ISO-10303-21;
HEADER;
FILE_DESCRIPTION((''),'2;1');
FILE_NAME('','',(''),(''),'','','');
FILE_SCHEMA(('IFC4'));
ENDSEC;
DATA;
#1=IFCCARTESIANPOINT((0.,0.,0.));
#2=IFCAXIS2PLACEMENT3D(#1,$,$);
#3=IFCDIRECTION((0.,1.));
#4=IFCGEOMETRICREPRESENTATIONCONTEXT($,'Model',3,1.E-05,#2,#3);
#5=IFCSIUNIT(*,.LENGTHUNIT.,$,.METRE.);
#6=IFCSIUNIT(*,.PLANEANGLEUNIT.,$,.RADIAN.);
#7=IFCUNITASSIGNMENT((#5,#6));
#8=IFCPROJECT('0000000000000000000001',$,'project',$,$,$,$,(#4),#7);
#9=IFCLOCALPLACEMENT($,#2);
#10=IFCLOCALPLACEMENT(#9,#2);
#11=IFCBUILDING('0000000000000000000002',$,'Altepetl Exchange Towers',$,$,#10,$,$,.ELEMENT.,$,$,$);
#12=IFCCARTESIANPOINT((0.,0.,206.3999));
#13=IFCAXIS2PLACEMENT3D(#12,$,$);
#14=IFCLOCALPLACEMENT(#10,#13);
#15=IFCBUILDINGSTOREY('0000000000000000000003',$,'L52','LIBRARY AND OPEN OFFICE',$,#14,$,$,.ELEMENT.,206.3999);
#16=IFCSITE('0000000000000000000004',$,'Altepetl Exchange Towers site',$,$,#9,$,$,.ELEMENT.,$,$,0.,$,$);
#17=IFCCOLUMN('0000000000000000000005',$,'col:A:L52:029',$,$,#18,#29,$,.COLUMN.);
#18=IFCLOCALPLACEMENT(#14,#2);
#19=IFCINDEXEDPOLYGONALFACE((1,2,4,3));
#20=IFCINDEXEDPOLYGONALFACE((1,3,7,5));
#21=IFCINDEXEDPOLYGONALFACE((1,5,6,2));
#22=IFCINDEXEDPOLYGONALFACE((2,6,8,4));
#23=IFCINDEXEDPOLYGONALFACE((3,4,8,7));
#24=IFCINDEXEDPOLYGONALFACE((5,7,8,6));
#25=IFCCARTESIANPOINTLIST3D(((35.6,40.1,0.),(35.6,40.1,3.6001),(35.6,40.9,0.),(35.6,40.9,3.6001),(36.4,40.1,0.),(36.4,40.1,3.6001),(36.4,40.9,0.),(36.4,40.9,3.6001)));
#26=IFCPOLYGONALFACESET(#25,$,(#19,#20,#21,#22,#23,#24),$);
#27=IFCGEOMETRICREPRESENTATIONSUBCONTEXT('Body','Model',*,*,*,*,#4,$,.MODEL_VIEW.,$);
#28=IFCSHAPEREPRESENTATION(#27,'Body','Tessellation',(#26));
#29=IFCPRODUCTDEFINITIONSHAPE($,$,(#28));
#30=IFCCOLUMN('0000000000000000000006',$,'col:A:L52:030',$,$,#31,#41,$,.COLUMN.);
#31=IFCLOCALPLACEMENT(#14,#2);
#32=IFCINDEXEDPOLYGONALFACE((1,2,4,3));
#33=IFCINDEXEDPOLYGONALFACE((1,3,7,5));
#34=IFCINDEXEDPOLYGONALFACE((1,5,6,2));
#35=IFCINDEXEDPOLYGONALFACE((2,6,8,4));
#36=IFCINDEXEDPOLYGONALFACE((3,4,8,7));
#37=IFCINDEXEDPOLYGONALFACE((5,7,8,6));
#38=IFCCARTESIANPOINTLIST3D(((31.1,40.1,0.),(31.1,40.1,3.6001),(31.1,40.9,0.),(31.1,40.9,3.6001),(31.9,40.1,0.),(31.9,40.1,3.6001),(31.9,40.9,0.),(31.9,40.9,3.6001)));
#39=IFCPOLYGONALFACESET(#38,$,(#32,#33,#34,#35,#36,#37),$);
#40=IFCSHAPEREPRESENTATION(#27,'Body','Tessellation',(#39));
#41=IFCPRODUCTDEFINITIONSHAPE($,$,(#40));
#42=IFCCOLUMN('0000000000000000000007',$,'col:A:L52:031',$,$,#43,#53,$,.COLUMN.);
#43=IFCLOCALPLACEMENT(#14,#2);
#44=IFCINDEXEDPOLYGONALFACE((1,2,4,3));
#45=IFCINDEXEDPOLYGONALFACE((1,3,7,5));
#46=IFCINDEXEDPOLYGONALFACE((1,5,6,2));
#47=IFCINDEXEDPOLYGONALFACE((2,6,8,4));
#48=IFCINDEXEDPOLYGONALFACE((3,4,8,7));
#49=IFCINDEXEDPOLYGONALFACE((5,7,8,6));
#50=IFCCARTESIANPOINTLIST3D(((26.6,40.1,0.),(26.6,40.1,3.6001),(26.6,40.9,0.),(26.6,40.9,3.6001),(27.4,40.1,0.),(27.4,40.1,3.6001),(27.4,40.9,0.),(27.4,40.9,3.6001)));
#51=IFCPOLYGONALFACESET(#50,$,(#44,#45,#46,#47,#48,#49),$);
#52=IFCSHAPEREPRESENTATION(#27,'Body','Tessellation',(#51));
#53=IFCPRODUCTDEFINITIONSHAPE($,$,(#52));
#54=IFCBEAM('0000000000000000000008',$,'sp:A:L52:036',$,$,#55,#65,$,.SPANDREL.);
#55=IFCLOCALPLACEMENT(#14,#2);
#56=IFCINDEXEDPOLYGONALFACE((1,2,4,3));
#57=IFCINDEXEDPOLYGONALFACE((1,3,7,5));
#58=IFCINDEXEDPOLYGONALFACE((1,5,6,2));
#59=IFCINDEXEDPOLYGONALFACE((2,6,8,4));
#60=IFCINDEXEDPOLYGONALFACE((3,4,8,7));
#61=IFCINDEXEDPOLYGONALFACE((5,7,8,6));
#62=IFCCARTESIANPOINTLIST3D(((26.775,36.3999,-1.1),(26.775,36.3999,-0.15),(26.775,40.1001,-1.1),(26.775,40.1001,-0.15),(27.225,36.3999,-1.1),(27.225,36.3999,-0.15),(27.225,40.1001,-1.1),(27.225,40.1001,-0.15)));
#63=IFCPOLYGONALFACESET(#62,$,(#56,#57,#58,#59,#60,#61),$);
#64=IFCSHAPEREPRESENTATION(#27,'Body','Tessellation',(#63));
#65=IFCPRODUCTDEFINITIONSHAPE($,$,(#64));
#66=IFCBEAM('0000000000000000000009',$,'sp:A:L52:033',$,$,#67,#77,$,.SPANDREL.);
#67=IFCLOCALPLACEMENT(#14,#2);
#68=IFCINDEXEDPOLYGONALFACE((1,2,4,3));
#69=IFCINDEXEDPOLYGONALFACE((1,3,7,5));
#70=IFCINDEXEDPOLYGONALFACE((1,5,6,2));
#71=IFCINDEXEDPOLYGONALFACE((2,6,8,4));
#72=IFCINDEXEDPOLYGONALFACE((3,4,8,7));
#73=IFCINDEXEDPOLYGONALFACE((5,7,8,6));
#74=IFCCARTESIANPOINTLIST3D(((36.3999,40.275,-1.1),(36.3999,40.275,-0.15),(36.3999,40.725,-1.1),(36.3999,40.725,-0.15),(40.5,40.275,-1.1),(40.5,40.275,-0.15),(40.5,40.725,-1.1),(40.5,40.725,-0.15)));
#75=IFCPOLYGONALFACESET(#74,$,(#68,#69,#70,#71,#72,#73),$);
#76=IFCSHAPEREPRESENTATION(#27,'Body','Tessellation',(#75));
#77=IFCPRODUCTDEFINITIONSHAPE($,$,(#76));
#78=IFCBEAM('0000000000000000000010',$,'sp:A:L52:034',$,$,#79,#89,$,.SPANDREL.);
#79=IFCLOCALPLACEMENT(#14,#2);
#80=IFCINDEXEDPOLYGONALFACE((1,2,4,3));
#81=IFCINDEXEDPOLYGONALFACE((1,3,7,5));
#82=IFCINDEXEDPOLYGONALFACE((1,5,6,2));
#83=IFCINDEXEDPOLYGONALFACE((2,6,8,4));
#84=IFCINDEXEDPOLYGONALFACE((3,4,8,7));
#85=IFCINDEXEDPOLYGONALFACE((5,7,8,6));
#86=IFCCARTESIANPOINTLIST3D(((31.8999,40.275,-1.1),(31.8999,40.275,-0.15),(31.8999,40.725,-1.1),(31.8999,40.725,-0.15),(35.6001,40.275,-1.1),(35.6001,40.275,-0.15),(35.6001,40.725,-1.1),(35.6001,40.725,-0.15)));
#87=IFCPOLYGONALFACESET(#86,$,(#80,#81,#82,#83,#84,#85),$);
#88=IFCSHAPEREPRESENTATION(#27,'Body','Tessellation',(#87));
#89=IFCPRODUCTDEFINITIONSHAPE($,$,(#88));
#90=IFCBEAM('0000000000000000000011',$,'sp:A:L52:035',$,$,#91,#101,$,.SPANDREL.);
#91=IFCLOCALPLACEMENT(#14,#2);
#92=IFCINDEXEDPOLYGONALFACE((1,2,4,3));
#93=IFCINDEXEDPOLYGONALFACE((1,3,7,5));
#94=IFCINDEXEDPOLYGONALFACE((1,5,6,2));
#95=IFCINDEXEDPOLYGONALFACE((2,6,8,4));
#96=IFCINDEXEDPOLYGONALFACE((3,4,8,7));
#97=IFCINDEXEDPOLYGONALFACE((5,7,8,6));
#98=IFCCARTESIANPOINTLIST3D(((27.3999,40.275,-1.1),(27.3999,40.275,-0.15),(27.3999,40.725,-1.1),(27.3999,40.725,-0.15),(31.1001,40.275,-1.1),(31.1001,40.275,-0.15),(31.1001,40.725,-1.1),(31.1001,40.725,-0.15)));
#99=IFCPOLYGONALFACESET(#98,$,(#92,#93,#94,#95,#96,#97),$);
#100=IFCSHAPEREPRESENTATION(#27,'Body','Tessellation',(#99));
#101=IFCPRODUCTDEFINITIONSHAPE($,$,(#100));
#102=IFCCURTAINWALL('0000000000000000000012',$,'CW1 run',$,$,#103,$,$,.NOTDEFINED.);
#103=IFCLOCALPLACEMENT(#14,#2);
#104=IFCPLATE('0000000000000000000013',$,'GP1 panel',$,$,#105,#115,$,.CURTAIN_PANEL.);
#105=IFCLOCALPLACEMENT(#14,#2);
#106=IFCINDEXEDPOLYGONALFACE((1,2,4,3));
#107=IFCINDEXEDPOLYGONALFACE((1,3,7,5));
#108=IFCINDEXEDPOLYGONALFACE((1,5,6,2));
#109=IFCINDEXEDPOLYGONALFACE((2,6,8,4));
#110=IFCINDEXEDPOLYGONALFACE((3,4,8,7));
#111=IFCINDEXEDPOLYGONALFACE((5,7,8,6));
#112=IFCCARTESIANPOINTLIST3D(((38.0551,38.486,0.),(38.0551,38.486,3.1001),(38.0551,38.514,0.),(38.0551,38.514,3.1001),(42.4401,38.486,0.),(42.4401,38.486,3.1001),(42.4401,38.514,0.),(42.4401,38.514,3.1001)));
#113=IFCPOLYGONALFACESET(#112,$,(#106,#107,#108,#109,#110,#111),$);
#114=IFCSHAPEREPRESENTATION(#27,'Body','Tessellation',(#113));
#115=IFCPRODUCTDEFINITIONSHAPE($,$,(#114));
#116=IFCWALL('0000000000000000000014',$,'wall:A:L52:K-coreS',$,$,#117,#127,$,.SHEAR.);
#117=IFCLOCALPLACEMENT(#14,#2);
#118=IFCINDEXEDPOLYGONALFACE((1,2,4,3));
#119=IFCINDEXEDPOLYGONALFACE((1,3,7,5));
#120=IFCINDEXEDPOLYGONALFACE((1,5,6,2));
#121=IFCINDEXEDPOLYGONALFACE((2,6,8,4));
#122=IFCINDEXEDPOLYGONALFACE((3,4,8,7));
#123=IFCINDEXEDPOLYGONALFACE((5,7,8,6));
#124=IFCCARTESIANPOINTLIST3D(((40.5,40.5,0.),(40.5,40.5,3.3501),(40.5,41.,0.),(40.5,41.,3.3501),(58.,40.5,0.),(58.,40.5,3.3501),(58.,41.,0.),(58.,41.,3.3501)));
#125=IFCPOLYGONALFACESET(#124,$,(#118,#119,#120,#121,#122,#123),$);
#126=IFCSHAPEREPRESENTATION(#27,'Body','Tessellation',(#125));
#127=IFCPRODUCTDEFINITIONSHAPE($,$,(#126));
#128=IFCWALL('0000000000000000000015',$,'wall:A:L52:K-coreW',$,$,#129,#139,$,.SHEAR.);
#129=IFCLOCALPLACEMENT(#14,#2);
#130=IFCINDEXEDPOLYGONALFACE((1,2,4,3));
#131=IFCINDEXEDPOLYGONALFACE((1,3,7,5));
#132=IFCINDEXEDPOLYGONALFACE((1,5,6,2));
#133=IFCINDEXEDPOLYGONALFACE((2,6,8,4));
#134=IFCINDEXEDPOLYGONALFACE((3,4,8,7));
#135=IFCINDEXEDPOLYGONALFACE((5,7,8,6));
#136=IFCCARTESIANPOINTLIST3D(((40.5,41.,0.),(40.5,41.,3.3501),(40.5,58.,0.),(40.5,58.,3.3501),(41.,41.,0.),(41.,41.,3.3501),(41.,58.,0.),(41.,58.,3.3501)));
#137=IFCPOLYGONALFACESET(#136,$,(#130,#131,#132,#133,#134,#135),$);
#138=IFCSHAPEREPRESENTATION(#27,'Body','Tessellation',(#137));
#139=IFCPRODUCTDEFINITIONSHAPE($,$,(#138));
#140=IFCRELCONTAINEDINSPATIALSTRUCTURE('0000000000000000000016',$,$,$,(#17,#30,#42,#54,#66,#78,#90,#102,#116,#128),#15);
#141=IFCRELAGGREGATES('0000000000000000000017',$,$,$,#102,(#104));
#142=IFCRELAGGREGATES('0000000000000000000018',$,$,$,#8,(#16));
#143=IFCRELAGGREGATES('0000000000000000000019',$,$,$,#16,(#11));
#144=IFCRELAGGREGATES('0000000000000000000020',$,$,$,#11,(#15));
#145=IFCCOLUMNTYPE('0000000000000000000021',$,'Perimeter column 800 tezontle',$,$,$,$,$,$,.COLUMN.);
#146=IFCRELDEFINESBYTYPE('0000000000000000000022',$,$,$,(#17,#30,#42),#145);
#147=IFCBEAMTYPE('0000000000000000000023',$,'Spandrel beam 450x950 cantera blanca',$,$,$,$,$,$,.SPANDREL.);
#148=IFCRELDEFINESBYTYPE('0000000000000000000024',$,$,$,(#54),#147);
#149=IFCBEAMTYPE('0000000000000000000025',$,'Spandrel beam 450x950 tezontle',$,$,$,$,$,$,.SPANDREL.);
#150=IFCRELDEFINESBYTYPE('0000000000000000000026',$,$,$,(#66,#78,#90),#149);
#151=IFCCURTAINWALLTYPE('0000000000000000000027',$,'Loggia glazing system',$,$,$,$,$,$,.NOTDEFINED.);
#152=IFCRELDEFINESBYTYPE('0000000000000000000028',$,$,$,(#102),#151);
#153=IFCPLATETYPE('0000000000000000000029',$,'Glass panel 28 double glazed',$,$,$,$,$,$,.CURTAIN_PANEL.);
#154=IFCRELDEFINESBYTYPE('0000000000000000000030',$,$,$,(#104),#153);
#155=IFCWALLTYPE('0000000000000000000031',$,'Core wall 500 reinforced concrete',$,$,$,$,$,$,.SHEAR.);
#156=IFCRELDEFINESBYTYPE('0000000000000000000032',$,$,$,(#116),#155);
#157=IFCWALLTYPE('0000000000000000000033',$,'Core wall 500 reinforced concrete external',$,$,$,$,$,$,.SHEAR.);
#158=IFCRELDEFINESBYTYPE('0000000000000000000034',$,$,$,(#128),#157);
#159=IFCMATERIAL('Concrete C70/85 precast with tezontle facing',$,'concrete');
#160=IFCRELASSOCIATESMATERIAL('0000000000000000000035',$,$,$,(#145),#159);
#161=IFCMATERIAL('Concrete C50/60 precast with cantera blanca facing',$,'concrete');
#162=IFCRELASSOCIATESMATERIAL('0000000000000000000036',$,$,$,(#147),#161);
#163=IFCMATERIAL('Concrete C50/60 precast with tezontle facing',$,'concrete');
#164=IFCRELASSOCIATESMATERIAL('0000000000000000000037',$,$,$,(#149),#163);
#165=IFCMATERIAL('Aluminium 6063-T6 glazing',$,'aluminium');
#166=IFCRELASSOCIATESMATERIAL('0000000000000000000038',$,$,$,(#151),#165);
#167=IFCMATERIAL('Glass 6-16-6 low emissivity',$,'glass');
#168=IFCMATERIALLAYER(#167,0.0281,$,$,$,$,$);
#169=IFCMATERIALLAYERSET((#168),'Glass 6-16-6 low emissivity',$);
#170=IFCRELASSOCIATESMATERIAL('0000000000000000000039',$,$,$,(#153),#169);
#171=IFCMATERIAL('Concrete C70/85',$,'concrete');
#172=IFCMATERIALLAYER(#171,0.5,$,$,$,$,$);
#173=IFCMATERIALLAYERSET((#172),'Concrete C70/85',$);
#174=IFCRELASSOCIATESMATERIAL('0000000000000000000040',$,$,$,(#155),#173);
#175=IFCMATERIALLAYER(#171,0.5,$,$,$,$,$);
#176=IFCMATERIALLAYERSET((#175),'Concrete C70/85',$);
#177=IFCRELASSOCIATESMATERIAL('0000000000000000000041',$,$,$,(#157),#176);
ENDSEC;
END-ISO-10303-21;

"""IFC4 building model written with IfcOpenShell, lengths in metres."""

from ifc_helpers import new_model, si_unit, direction, frame, frame_2d, origin, origin_2d, place, context, subcontext, project, spatial, rectangle, extrude, material, layer, layer_set, material_profile, profile_set, type_object, element, aggregate, save


model = new_model("IFC4")

# Units and contexts
model_context = context("Model", 3, precision=1e-05, world=origin(), true_north=direction((0.0, 1.0)))
body_context = subcontext(model_context, "Body", "Model", "MODEL_VIEW")
ifc_project = project(units=[si_unit("LENGTHUNIT", "METRE"), si_unit("PLANEANGLEUNIT", "RADIAN")], contexts=[model_context])

# Site, building, storey
site_placement = place(None, origin())
site = spatial("IfcSite", under=ifc_project, at=site_placement, Name="Altepetl Exchange Towers site", CompositionType="ELEMENT", RefElevation=0.0)
building_placement = place(site_placement, origin())
building = spatial("IfcBuilding", under=site, at=building_placement, Name="Altepetl Exchange Towers", CompositionType="ELEMENT")
storey_placement = place(building_placement, frame((0.0, 0.0, 206.3999)))
storey = spatial("IfcBuildingStorey", under=building, at=storey_placement, Name="L52", Description="LIBRARY AND OPEN OFFICE", CompositionType="ELEMENT", Elevation=206.3999)

# Columns
ifc_material_1 = material(Name="Concrete C70/85 precast with tezontle facing", Category="concrete")
ifc_material_profile_1 = material_profile(ifc_material_1, rectangle(XDim=0.8, YDim=0.8, at=origin_2d()), Name="800 x 800")
ifc_profile_set_1 = profile_set([ifc_material_profile_1], Name="Concrete C70/85 precast with tezontle facing")
column_type = type_object("IfcColumnType", Name="Perimeter column 800 tezontle", PredefinedType="COLUMN", material=ifc_profile_set_1)
for number, where, name in (
    (1, (36.0, 40.5, 0.0), "col:A:L52:029"),
    (2, (31.5, 40.5, 0.0), "col:A:L52:030"),
    (3, (27.0, 40.5, 0.0), "col:A:L52:031"),
):
    element("IfcColumn", number, at=place(storey_placement, frame(where)), inside=storey, type_object=column_type, Name=name, PredefinedType="COLUMN", context=body_context, shape_type="SweptSolid", body=[
        extrude(rectangle(XDim=0.8, YDim=0.8, at=origin_2d()), origin(), (0.0, 0.0, 1.0), 3.6001),
    ])

# Beams
ifc_material_2 = material(Name="Concrete C50/60 precast with cantera blanca facing", Category="concrete")
ifc_material_profile_2 = material_profile(ifc_material_2, rectangle(XDim=0.45, YDim=0.95, at=origin_2d()), Name="450 x 950")
ifc_profile_set_2 = profile_set([ifc_material_profile_2], Name="Concrete C50/60 precast with cantera blanca facing")
beam_type_1 = type_object("IfcBeamType", Name="Spandrel beam 450x950 cantera blanca", PredefinedType="SPANDREL", material=ifc_profile_set_2)
beam_1_placement = place(storey_placement, frame((27.0, 40.1001, -0.625), z_axis=(0.0, -1.0, 0.0), x_axis=(1.0, 0.0, 0.0)))
element("IfcBeam", 4, at=beam_1_placement, inside=storey, type_object=beam_type_1, Name="sp:A:L52:036", PredefinedType="SPANDREL", context=body_context, shape_type="SweptSolid", body=[
    extrude(rectangle(XDim=0.45, YDim=0.95, at=origin_2d()), origin(), (0.0, 0.0, 1.0), 3.7002),
])
ifc_material_3 = material(Name="Concrete C50/60 precast with tezontle facing", Category="concrete")
ifc_material_profile_3 = material_profile(ifc_material_3, rectangle(XDim=0.45, YDim=0.95, at=origin_2d()), Name="450 x 950")
ifc_profile_set_3 = profile_set([ifc_material_profile_3], Name="Concrete C50/60 precast with tezontle facing")
beam_type_2 = type_object("IfcBeamType", Name="Spandrel beam 450x950 tezontle", PredefinedType="SPANDREL", material=ifc_profile_set_3)
beam_2_placement = place(storey_placement, frame((40.5, 40.5, -0.625), z_axis=(-1.0, 0.0, 0.0), x_axis=(0.0, -1.0, 0.0)))
element("IfcBeam", 5, at=beam_2_placement, inside=storey, type_object=beam_type_2, Name="sp:A:L52:033", PredefinedType="SPANDREL", context=body_context, shape_type="SweptSolid", body=[
    extrude(rectangle(XDim=0.45, YDim=0.95, at=origin_2d()), origin(), (0.0, 0.0, 1.0), 4.1001),
])
for number, where, z_axis, x_axis, name in (
    (6, (35.6001, 40.5, -0.625), (-1.0, 0.0, 0.0), (0.0, -1.0, 0.0), "sp:A:L52:034"),
    (7, (31.1001, 40.5, -0.625), (-1.0, 0.0, 0.0), (0.0, -1.0, 0.0), "sp:A:L52:035"),
):
    element("IfcBeam", number, at=place(storey_placement, frame(where, z_axis=z_axis, x_axis=x_axis)), inside=storey, type_object=beam_type_2, Name=name, PredefinedType="SPANDREL", context=body_context, shape_type="SweptSolid", body=[
        extrude(rectangle(XDim=0.45, YDim=0.95, at=origin_2d()), origin(), (0.0, 0.0, 1.0), 3.7002),
    ])

# Curtain wall, plate
ifc_material_4 = material(Name="Aluminium 6063-T6 glazing", Category="aluminium")
curtain_wall_type = type_object("IfcCurtainWallType", Name="Loggia glazing system", PredefinedType="NOTDEFINED", material=ifc_material_4)
curtain_wall_placement = place(storey_placement, origin())
curtain_wall = element("IfcCurtainWall", 8, at=curtain_wall_placement, inside=storey, type_object=curtain_wall_type, Name="CW1 run", PredefinedType="NOTDEFINED")
ifc_material_5 = material(Name="Glass 6-16-6 low emissivity", Category="glass")
ifc_layer_1 = layer(ifc_material_5, 0.0281)
ifc_layer_set_1 = layer_set([ifc_layer_1], Name="Glass 6-16-6 low emissivity")
plate_type = type_object("IfcPlateType", Name="Glass panel 28 double glazed", PredefinedType="CURTAIN_PANEL", material=ifc_layer_set_1)
plate_placement = place(storey_placement, frame((40.2476, 38.5, 0.0), z_axis=(0.0, 0.0, 1.0), x_axis=(-1.0, 0.0, 0.0)))
plate = element("IfcPlate", 9, at=plate_placement, type_object=plate_type, Name="GP1 panel", PredefinedType="CURTAIN_PANEL", context=body_context, shape_type="SweptSolid", body=[
    extrude(rectangle(XDim=4.385, YDim=0.0281, at=origin_2d()), origin(), (0.0, 0.0, 1.0), 3.1001),
])
aggregate(curtain_wall, [plate])

# Walls
ifc_material_6 = material(Name="Concrete C70/85", Category="concrete")
ifc_layer_2 = layer(ifc_material_6, 0.5)
ifc_layer_set_2 = layer_set([ifc_layer_2], Name="Concrete C70/85")
wall_type_1 = type_object("IfcWallType", Name="Core wall 500 reinforced concrete", PredefinedType="SHEAR", material=ifc_layer_set_2)
wall_1_placement = place(storey_placement, frame((40.5, 40.75, 0.0)))
element("IfcWall", 10, at=wall_1_placement, inside=storey, type_object=wall_type_1, Name="wall:A:L52:K-coreS", PredefinedType="SHEAR", context=body_context, shape_type="SweptSolid", body=[
    extrude(rectangle(XDim=17.5, YDim=0.5, at=frame_2d((8.75, 0.0))), origin(), (0.0, 0.0, 1.0), 3.3501),
])
ifc_layer_3 = layer(ifc_material_6, 0.5)
ifc_layer_set_3 = layer_set([ifc_layer_3], Name="Concrete C70/85")
wall_type_2 = type_object("IfcWallType", Name="Core wall 500 reinforced concrete external", PredefinedType="SHEAR", material=ifc_layer_set_3)
wall_2_placement = place(storey_placement, frame((40.75, 41.0, 0.0), z_axis=(0.0, 0.0, 1.0), x_axis=(0.0, 1.0, 0.0)))
element("IfcWall", 11, at=wall_2_placement, inside=storey, type_object=wall_type_2, Name="wall:A:L52:K-coreW", PredefinedType="SHEAR", context=body_context, shape_type="SweptSolid", body=[
    extrude(rectangle(XDim=17.0, YDim=0.5, at=frame_2d((8.5, 0.0))), origin(), (0.0, 0.0, 1.0), 3.3501),
])

save(model, "model.ifc")
